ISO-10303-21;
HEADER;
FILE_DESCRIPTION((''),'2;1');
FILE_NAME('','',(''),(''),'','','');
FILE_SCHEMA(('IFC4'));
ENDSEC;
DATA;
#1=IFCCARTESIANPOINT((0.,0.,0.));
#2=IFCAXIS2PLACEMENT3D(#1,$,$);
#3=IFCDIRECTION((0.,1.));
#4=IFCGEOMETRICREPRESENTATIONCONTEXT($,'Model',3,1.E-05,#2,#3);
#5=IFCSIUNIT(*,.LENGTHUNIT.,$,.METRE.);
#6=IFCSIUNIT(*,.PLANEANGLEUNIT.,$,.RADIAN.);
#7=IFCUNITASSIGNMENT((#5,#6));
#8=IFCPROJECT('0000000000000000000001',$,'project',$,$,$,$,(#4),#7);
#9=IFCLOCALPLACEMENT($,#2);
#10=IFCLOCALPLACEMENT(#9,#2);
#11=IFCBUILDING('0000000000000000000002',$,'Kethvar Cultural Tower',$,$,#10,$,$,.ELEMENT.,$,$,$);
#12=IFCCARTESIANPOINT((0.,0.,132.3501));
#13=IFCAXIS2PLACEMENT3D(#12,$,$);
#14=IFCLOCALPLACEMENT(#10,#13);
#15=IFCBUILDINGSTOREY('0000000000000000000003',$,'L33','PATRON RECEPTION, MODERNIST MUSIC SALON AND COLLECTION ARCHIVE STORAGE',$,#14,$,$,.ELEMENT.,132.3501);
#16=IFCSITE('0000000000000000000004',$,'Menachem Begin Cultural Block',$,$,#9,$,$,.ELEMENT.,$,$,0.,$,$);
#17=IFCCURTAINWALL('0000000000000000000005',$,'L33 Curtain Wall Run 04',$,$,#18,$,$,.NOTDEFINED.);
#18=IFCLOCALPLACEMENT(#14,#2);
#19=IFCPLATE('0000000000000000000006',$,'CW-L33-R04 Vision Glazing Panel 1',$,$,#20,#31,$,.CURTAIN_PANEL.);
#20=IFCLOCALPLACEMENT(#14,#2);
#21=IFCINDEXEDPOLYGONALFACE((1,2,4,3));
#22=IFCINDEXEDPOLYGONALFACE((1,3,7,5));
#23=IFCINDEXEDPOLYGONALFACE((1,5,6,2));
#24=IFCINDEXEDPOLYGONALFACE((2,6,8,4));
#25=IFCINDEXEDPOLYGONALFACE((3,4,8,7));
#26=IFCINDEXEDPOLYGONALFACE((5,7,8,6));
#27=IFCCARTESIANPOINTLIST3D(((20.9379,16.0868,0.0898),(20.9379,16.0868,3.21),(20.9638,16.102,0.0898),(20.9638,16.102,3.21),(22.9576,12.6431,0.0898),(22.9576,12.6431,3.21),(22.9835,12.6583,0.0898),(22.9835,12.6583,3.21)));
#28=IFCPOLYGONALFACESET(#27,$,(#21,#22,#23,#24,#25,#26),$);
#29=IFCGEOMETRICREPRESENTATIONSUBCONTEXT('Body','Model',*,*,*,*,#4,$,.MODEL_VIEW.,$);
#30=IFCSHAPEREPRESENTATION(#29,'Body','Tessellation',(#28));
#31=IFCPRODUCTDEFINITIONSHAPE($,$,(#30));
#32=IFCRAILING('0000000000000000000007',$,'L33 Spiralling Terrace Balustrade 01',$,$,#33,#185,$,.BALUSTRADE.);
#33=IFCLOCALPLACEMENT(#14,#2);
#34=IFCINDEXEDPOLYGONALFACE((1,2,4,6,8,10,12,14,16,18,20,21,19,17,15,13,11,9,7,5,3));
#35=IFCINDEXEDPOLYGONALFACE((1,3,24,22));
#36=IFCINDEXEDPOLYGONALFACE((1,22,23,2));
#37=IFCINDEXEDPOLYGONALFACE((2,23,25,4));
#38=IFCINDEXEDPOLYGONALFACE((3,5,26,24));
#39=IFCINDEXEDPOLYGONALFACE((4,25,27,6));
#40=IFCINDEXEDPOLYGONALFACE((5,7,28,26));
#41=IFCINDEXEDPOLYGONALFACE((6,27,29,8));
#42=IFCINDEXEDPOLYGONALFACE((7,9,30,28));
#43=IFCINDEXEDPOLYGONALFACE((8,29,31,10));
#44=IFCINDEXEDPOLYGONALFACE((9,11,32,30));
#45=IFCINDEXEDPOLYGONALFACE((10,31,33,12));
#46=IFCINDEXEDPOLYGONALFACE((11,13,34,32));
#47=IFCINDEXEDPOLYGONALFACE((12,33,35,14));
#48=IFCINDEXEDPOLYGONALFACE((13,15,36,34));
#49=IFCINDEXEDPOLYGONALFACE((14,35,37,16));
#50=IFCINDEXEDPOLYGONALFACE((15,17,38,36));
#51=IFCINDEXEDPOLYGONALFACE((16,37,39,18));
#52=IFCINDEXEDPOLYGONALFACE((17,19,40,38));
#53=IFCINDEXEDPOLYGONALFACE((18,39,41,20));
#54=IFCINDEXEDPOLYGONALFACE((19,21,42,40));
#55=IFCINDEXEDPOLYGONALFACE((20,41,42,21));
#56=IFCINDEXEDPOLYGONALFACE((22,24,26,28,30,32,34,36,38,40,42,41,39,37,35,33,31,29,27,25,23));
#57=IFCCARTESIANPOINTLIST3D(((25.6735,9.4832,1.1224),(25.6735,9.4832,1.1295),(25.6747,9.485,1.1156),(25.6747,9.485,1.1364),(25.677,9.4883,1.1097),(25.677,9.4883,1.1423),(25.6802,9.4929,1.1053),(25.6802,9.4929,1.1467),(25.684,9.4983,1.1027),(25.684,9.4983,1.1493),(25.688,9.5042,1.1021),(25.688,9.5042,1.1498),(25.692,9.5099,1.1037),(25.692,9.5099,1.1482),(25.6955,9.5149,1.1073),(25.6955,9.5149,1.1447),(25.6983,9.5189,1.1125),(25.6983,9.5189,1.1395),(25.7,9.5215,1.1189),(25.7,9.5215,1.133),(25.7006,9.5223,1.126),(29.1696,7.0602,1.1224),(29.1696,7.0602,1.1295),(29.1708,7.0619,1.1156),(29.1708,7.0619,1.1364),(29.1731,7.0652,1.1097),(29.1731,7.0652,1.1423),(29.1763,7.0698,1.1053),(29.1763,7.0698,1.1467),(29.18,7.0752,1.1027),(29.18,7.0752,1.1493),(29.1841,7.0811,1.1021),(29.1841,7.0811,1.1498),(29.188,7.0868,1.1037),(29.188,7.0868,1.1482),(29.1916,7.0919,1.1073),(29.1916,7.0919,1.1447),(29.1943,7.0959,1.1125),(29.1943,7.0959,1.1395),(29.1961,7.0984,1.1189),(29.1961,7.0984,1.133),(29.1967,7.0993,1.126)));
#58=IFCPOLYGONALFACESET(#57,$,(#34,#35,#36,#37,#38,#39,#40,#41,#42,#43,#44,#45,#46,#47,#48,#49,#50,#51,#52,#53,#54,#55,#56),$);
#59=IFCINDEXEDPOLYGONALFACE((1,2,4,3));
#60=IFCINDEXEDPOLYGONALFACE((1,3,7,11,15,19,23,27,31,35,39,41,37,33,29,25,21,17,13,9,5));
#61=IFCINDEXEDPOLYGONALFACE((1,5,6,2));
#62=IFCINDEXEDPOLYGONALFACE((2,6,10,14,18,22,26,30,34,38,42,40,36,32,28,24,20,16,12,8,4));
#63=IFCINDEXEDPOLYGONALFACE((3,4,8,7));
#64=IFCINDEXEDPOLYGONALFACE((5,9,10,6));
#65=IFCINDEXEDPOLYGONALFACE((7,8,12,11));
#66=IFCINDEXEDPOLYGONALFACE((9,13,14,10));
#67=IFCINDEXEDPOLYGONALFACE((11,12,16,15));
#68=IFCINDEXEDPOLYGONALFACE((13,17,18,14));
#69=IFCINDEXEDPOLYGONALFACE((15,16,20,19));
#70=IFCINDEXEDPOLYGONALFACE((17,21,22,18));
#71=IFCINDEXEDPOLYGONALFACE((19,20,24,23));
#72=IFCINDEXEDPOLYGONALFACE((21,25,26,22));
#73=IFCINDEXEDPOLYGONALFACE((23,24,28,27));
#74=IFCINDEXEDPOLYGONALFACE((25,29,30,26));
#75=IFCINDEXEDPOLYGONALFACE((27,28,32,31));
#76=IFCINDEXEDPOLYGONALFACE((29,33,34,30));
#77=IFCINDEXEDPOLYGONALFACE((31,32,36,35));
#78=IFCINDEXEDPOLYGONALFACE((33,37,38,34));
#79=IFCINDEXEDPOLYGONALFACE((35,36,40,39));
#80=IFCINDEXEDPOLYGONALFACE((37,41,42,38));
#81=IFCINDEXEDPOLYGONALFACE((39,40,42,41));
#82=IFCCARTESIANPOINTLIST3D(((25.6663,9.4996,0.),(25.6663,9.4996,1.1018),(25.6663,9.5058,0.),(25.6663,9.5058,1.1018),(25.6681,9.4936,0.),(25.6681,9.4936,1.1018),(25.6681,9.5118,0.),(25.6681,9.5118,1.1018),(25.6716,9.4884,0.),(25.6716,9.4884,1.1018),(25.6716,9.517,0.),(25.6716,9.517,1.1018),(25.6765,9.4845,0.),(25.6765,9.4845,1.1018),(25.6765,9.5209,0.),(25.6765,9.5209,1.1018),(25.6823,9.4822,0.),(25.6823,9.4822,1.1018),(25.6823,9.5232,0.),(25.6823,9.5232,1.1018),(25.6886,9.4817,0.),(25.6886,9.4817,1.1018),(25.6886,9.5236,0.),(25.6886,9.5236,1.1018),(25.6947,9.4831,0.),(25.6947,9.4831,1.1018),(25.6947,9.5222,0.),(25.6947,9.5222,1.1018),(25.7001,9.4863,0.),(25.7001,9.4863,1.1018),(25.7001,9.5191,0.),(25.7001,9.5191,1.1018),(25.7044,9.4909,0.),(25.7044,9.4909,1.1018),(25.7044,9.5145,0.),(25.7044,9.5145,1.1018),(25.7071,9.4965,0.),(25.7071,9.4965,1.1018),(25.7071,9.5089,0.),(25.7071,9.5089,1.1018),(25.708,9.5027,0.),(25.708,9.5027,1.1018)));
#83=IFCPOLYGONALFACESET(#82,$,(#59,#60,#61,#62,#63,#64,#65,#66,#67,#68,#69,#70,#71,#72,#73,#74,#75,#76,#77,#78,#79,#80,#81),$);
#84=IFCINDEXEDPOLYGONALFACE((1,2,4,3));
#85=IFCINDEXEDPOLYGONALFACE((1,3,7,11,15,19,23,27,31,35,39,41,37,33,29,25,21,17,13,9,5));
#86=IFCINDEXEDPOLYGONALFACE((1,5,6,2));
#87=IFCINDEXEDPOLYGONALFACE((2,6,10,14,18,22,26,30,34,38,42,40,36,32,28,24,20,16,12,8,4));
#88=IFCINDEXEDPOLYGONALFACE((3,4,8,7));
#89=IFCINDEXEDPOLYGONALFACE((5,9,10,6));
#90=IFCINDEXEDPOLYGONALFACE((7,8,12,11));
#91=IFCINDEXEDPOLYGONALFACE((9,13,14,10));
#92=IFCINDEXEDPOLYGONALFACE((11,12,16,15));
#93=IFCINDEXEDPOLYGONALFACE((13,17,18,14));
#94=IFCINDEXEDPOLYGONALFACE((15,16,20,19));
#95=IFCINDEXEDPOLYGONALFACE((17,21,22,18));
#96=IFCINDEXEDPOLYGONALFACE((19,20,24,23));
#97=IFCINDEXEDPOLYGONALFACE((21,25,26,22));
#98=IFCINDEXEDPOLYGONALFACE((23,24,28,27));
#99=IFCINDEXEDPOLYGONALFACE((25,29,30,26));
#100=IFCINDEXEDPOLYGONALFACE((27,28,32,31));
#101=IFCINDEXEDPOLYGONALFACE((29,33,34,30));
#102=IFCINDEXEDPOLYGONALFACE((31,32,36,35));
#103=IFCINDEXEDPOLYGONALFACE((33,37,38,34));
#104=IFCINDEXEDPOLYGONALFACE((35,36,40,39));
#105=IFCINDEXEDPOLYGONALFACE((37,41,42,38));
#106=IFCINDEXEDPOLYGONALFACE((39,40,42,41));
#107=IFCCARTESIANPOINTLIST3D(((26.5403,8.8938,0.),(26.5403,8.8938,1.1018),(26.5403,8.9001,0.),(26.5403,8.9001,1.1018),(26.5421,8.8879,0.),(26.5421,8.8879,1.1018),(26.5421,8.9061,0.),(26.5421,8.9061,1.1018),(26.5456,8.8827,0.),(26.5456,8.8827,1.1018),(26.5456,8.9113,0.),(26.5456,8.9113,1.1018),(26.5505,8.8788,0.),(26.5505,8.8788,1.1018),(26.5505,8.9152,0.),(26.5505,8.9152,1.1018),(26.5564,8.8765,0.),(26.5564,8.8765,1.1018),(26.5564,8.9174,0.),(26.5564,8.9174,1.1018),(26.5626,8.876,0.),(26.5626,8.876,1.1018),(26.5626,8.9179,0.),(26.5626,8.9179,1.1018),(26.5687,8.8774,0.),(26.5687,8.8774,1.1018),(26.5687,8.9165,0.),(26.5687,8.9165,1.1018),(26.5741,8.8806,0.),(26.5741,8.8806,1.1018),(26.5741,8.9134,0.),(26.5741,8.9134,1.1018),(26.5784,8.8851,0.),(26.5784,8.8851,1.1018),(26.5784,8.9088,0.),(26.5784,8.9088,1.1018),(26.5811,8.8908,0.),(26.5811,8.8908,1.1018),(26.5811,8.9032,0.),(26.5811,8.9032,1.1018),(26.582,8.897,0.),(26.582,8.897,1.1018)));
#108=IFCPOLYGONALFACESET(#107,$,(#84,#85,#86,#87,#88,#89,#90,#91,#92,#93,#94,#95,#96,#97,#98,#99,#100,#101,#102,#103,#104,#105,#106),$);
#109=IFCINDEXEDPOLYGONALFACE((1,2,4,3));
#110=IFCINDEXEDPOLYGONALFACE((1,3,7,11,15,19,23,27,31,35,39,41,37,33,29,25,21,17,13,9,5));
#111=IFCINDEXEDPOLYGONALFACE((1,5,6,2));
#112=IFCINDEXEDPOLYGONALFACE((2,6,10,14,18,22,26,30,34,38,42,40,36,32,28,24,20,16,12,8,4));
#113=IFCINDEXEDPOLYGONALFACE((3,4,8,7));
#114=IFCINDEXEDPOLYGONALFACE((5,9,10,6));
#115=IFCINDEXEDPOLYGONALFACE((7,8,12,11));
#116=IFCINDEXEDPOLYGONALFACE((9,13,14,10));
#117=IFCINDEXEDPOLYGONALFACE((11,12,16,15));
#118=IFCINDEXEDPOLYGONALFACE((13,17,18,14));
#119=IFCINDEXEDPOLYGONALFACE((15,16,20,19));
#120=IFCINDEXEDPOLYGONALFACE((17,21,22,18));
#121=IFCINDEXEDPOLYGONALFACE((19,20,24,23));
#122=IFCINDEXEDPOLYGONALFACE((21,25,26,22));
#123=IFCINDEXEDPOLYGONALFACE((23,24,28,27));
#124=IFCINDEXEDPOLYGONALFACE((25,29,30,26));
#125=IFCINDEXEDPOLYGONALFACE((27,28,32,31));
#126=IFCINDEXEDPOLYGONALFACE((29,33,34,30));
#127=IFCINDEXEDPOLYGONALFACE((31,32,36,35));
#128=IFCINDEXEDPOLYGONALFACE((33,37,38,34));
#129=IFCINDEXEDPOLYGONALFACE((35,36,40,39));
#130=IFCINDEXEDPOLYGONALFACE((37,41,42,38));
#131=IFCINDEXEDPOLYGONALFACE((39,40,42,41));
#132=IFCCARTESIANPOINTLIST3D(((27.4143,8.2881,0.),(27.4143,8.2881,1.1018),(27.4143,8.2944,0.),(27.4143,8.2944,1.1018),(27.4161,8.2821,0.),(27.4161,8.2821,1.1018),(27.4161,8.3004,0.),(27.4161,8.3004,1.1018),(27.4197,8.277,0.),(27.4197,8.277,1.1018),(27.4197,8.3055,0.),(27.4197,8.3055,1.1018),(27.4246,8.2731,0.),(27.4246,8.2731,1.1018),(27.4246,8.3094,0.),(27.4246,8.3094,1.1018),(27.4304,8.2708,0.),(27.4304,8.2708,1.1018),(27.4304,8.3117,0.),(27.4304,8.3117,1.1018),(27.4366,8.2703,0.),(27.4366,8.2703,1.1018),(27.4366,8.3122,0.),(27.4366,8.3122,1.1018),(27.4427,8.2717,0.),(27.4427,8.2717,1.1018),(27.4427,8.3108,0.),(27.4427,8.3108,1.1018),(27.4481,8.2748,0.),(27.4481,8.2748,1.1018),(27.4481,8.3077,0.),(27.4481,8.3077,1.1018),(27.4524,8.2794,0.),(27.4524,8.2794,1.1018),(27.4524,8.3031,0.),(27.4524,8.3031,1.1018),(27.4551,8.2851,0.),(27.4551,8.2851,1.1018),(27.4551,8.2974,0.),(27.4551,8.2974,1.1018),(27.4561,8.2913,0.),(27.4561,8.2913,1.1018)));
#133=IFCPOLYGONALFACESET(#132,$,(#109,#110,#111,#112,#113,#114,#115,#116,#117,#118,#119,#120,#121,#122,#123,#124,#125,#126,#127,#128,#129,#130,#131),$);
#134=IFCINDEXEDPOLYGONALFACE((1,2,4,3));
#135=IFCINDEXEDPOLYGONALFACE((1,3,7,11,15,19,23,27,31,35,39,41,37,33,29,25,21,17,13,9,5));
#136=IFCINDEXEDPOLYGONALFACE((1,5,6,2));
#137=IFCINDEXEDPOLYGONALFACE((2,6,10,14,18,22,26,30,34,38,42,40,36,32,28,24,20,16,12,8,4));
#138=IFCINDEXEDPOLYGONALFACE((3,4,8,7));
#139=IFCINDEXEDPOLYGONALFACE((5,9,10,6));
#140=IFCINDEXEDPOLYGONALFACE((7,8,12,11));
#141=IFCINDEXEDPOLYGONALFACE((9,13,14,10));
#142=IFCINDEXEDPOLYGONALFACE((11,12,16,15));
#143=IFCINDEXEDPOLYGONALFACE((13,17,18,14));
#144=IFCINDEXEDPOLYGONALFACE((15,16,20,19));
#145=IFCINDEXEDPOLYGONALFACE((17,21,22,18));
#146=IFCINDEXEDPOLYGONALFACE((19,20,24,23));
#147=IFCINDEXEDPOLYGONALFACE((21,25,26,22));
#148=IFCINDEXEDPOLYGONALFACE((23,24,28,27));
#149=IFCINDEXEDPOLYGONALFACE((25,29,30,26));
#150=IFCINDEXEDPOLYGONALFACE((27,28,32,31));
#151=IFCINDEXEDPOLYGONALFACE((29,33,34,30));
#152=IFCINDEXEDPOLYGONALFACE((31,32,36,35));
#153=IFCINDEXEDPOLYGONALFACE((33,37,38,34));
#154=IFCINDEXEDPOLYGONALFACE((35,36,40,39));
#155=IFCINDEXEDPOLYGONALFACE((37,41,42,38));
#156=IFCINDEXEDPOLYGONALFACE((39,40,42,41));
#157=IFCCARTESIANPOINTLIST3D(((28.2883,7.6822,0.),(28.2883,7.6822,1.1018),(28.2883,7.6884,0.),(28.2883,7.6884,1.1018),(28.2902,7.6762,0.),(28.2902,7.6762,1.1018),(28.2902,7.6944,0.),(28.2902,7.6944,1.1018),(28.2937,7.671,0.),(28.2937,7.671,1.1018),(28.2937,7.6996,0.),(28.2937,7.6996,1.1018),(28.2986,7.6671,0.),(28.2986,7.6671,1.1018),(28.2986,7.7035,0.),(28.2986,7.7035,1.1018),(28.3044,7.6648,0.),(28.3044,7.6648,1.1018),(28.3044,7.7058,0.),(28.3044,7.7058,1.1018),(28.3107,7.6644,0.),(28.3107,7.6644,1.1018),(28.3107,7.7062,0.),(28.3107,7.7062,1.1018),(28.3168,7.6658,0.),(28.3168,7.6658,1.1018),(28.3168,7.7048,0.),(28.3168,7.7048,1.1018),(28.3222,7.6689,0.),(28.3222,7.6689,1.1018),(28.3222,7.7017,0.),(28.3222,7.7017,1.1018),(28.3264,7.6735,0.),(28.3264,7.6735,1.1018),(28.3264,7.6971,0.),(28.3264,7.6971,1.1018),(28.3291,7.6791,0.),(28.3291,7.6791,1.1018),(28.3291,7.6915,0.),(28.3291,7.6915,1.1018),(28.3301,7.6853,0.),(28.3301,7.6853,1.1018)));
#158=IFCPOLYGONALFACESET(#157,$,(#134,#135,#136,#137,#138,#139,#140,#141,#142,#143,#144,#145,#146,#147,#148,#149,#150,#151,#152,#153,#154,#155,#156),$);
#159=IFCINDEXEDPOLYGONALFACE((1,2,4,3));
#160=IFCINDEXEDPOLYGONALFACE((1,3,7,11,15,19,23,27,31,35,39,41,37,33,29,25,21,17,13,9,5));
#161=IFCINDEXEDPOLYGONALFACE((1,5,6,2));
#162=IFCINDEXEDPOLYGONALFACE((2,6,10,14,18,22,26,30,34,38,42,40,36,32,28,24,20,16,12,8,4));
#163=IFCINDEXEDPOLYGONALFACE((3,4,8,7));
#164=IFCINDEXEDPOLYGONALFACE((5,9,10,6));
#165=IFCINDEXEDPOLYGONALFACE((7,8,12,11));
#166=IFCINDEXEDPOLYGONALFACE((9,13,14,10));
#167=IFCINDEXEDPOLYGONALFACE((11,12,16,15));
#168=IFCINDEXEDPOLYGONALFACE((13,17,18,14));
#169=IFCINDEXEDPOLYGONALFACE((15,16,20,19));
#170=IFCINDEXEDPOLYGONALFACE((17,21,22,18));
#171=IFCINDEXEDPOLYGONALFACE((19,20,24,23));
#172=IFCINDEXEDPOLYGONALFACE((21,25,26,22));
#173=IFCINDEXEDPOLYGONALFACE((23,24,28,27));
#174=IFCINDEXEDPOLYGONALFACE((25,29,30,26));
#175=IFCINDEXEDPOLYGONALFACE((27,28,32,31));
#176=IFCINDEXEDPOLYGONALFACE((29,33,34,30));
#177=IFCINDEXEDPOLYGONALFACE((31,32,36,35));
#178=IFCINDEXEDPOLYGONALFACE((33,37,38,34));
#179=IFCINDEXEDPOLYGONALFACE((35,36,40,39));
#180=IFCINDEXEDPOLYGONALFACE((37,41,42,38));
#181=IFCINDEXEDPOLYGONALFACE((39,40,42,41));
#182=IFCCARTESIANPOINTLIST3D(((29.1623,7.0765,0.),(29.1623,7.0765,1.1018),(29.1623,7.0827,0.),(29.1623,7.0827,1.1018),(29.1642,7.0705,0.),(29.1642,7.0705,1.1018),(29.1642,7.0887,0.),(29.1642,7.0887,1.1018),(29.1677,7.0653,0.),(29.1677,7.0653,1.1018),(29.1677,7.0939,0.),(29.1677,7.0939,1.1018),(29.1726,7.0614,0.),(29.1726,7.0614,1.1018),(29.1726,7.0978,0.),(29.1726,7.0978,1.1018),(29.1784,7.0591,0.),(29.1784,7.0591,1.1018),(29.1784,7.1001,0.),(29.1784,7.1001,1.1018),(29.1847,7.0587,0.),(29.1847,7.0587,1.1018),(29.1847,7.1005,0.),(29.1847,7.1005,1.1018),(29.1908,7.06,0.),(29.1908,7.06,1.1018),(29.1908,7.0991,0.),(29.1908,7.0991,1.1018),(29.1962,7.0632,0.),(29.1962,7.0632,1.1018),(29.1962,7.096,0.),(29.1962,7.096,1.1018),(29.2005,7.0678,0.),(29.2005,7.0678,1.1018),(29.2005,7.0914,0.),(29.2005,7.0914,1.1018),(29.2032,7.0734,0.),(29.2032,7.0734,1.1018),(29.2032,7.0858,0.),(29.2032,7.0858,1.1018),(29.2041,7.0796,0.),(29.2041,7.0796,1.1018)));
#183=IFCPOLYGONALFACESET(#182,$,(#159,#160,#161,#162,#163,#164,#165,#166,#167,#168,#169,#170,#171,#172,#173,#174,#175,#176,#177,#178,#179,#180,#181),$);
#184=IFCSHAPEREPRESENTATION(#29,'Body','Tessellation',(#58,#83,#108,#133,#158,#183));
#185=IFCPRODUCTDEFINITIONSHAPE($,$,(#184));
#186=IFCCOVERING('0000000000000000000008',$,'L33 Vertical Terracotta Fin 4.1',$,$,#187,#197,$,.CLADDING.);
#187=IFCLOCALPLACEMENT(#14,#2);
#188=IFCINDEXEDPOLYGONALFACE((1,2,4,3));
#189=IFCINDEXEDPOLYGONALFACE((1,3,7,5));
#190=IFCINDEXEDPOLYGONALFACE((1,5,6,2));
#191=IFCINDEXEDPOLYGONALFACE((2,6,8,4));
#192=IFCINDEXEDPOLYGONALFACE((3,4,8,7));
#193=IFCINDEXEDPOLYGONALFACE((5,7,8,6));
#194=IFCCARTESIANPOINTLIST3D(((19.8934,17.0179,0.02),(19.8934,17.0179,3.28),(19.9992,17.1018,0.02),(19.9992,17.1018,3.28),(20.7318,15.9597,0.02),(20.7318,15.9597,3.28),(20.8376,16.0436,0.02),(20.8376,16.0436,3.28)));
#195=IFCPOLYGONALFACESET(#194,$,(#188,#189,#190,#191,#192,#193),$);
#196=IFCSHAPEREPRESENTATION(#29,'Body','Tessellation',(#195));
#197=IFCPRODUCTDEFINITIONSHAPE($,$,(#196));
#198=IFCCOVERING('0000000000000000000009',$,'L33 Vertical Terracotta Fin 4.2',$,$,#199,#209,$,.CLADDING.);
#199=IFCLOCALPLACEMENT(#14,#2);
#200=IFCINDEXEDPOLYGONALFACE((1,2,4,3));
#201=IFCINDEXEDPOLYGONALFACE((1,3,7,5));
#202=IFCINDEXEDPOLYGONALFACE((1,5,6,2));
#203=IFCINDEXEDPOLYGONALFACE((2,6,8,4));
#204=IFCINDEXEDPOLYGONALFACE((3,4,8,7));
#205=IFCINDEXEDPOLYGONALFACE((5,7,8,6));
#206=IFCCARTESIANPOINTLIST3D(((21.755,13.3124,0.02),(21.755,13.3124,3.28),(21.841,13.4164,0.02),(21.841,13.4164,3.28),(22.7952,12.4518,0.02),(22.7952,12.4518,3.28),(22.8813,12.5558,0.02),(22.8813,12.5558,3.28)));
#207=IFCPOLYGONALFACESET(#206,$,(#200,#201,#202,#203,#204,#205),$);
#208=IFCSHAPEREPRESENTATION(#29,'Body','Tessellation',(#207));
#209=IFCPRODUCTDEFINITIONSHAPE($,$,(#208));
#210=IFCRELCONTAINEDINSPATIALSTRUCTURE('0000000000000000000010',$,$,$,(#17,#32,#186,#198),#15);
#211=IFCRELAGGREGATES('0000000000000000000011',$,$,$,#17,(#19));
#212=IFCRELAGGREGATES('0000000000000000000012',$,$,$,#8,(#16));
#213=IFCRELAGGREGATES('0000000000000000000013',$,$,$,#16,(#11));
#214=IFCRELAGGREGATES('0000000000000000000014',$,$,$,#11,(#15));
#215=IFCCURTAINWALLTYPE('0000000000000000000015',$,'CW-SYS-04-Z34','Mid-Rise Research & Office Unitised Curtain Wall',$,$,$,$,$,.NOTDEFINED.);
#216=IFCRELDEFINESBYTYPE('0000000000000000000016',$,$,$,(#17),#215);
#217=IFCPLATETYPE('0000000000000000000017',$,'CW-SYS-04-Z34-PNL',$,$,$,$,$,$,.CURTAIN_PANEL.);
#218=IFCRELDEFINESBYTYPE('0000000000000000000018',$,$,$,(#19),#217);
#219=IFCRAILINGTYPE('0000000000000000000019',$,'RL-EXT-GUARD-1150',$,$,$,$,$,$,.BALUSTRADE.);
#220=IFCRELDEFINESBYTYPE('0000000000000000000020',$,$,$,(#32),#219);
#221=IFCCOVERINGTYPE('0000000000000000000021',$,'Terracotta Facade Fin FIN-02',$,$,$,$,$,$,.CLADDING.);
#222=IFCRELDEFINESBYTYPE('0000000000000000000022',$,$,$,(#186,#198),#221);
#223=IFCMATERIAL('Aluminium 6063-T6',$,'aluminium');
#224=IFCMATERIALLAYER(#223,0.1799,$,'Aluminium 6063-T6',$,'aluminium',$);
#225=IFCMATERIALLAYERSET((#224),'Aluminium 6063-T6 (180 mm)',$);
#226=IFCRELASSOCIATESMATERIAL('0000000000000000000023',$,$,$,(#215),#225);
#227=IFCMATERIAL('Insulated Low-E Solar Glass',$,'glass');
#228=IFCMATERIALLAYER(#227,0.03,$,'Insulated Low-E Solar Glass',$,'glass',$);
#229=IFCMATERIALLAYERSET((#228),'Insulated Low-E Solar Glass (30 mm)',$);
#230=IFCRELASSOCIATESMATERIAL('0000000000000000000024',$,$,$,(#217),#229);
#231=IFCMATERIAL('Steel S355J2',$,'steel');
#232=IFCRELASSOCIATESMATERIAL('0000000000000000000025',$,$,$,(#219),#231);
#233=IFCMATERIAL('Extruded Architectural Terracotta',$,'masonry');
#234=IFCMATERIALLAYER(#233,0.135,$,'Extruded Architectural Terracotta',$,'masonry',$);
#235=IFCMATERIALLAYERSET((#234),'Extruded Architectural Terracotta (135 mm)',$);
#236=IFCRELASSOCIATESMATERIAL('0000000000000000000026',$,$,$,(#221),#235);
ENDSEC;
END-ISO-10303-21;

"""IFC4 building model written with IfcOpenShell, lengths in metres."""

from ifc_helpers import new_model, si_unit, direction, frame, origin, origin_2d, place, context, subcontext, project, spatial, rectangle, circle, extrude, source, transform, mapped, material, layer, layer_set, type_object, element, aggregate, save


model = new_model("IFC4")

# Units and contexts
model_context = context("Model", 3, precision=1e-05, world=origin(), true_north=direction((0.0, 1.0)))
body_context = subcontext(model_context, "Body", "Model", "MODEL_VIEW")
ifc_project = project(units=[si_unit("LENGTHUNIT", "METRE"), si_unit("PLANEANGLEUNIT", "RADIAN")], contexts=[model_context])

# Site, building, storey
site_placement = place(None, origin())
site = spatial("IfcSite", under=ifc_project, at=site_placement, Name="Menachem Begin Cultural Block", CompositionType="ELEMENT", RefElevation=0.0)
building_placement = place(site_placement, origin())
building = spatial("IfcBuilding", under=site, at=building_placement, Name="Kethvar Cultural Tower", CompositionType="ELEMENT")
storey_placement = place(building_placement, frame((0.0, 0.0, 132.3501)))
storey = spatial("IfcBuildingStorey", under=building, at=storey_placement, Name="L33", Description="PATRON RECEPTION, MODERNIST MUSIC SALON AND COLLECTION ARCHIVE STORAGE", CompositionType="ELEMENT", Elevation=132.3501)

# Shared definitions
ifc_material_1 = material(Name="Steel S355J2", Category="steel")

# Curtain wall
ifc_material_2 = material(Name="Aluminium 6063-T6", Category="aluminium")
ifc_layer_1 = layer(ifc_material_2, 0.1799, Name="Aluminium 6063-T6", Category="aluminium")
ifc_layer_set_1 = layer_set([ifc_layer_1], Name="Aluminium 6063-T6 (180 mm)")
curtain_wall_type = type_object("IfcCurtainWallType", Name="CW-SYS-04-Z34", Description="Mid-Rise Research & Office Unitised Curtain Wall", PredefinedType="NOTDEFINED", material=ifc_layer_set_1)
curtain_wall_1_placement = place(storey_placement, origin())
curtain_wall_1 = element("IfcCurtainWall", 1, at=curtain_wall_1_placement, inside=storey, type_object=curtain_wall_type, Name="L33 Curtain Wall Run 04", PredefinedType="NOTDEFINED")

# Plate
ifc_material_3 = material(Name="Insulated Low-E Solar Glass", Category="glass")
ifc_layer_2 = layer(ifc_material_3, 0.03, Name="Insulated Low-E Solar Glass", Category="glass")
ifc_layer_set_2 = layer_set([ifc_layer_2], Name="Insulated Low-E Solar Glass (30 mm)")
plate_type = type_object("IfcPlateType", Name="CW-SYS-04-Z34-PNL", PredefinedType="CURTAIN_PANEL", material=ifc_layer_set_2)
shared_shape_1 = source(origin(), body_context, "Body", "SweptSolid", [
    extrude(rectangle(XDim=3.9922, YDim=0.03, at=origin_2d()), origin(), (0.0, 0.0, 1.0), 3.1201),
])
plate_1_placement = place(storey_placement, frame((21.9607, 14.3726, 0.0898), z_axis=(0.0, 0.0, 1.0), x_axis=(0.505898, -0.862593, 0.0)))
plate_1 = element("IfcPlate", 2, at=plate_1_placement, type_object=plate_type, Name="CW-L33-R04 Vision Glazing Panel 1", PredefinedType="CURTAIN_PANEL", context=body_context, shape_type="MappedRepresentation", body=[
    mapped(shared_shape_1, transform((0.0, 0.0, 0.0), scale=1.0)),
])
aggregate(curtain_wall_1, [plate_1])

# Railing
railing_type = type_object("IfcRailingType", Name="RL-EXT-GUARD-1150", PredefinedType="BALUSTRADE", material=ifc_material_1)
railing_placement = place(storey_placement, frame((25.687, 9.5027, 0.0)))
element("IfcRailing", 3, at=railing_placement, inside=storey, type_object=railing_type, Name="L33 Spiralling Terrace Balustrade 01", PredefinedType="BALUSTRADE", context=body_context, shape_type="SweptSolid", body=[
    extrude(circle(Radius=0.0239, at=origin_2d()), frame((0.0, 0.0, 1.126), z_axis=(0.821892, -0.569643, 0.0), x_axis=(0.569643, 0.821892, 0.0)), (0.0, 0.0, 1.0), 4.2537),
    extrude(circle(Radius=0.021, at=origin_2d()), origin(), (0.0, 0.0, 1.0), 1.1018),
    extrude(circle(Radius=0.021, at=origin_2d()), frame((0.874, -0.6057, 0.0)), (0.0, 0.0, 1.0), 1.1018),
    extrude(circle(Radius=0.021, at=origin_2d()), frame((1.748, -1.2114, 0.0)), (0.0, 0.0, 1.0), 1.1018),
    extrude(circle(Radius=0.021, at=origin_2d()), frame((2.6221, -1.8174, 0.0)), (0.0, 0.0, 1.0), 1.1018),
    extrude(circle(Radius=0.021, at=origin_2d()), frame((3.4961, -2.4231, 0.0)), (0.0, 0.0, 1.0), 1.1018),
])

# Coverings
ifc_material_4 = material(Name="Extruded Architectural Terracotta", Category="masonry")
ifc_layer_3 = layer(ifc_material_4, 0.135, Name="Extruded Architectural Terracotta", Category="masonry")
ifc_layer_set_3 = layer_set([ifc_layer_3], Name="Extruded Architectural Terracotta (135 mm)")
covering_type = type_object("IfcCoveringType", Name="Terracotta Facade Fin FIN-02", PredefinedType="CLADDING", material=ifc_layer_set_3)
shared_shape_2 = source(origin(), body_context, "Body", "SweptSolid", [
    extrude(rectangle(XDim=1.3501, YDim=0.135, at=origin_2d()), origin(), (0.0, 0.0, 1.0), 3.26),
])
for number, where, z_axis, x_axis, name in (
    (4, (20.3655, 16.5308, 0.02), (0.0, 0.0, 1.0), (-0.621011, 0.783802, 0.0), "L33 Vertical Terracotta Fin 4.1"),
    (5, (22.3181, 12.9341, 0.02), (0.0, 0.0, 1.0), (-0.770513, 0.637424, 0.0), "L33 Vertical Terracotta Fin 4.2"),
):
    element("IfcCovering", number, at=place(storey_placement, frame(where, z_axis=z_axis, x_axis=x_axis)), inside=storey, type_object=covering_type, Name=name, PredefinedType="CLADDING", context=body_context, shape_type="MappedRepresentation", body=[
        mapped(shared_shape_2, transform((0.0, 0.0, 0.0), scale=1.0)),
    ])

save(model, "model.ifc")
